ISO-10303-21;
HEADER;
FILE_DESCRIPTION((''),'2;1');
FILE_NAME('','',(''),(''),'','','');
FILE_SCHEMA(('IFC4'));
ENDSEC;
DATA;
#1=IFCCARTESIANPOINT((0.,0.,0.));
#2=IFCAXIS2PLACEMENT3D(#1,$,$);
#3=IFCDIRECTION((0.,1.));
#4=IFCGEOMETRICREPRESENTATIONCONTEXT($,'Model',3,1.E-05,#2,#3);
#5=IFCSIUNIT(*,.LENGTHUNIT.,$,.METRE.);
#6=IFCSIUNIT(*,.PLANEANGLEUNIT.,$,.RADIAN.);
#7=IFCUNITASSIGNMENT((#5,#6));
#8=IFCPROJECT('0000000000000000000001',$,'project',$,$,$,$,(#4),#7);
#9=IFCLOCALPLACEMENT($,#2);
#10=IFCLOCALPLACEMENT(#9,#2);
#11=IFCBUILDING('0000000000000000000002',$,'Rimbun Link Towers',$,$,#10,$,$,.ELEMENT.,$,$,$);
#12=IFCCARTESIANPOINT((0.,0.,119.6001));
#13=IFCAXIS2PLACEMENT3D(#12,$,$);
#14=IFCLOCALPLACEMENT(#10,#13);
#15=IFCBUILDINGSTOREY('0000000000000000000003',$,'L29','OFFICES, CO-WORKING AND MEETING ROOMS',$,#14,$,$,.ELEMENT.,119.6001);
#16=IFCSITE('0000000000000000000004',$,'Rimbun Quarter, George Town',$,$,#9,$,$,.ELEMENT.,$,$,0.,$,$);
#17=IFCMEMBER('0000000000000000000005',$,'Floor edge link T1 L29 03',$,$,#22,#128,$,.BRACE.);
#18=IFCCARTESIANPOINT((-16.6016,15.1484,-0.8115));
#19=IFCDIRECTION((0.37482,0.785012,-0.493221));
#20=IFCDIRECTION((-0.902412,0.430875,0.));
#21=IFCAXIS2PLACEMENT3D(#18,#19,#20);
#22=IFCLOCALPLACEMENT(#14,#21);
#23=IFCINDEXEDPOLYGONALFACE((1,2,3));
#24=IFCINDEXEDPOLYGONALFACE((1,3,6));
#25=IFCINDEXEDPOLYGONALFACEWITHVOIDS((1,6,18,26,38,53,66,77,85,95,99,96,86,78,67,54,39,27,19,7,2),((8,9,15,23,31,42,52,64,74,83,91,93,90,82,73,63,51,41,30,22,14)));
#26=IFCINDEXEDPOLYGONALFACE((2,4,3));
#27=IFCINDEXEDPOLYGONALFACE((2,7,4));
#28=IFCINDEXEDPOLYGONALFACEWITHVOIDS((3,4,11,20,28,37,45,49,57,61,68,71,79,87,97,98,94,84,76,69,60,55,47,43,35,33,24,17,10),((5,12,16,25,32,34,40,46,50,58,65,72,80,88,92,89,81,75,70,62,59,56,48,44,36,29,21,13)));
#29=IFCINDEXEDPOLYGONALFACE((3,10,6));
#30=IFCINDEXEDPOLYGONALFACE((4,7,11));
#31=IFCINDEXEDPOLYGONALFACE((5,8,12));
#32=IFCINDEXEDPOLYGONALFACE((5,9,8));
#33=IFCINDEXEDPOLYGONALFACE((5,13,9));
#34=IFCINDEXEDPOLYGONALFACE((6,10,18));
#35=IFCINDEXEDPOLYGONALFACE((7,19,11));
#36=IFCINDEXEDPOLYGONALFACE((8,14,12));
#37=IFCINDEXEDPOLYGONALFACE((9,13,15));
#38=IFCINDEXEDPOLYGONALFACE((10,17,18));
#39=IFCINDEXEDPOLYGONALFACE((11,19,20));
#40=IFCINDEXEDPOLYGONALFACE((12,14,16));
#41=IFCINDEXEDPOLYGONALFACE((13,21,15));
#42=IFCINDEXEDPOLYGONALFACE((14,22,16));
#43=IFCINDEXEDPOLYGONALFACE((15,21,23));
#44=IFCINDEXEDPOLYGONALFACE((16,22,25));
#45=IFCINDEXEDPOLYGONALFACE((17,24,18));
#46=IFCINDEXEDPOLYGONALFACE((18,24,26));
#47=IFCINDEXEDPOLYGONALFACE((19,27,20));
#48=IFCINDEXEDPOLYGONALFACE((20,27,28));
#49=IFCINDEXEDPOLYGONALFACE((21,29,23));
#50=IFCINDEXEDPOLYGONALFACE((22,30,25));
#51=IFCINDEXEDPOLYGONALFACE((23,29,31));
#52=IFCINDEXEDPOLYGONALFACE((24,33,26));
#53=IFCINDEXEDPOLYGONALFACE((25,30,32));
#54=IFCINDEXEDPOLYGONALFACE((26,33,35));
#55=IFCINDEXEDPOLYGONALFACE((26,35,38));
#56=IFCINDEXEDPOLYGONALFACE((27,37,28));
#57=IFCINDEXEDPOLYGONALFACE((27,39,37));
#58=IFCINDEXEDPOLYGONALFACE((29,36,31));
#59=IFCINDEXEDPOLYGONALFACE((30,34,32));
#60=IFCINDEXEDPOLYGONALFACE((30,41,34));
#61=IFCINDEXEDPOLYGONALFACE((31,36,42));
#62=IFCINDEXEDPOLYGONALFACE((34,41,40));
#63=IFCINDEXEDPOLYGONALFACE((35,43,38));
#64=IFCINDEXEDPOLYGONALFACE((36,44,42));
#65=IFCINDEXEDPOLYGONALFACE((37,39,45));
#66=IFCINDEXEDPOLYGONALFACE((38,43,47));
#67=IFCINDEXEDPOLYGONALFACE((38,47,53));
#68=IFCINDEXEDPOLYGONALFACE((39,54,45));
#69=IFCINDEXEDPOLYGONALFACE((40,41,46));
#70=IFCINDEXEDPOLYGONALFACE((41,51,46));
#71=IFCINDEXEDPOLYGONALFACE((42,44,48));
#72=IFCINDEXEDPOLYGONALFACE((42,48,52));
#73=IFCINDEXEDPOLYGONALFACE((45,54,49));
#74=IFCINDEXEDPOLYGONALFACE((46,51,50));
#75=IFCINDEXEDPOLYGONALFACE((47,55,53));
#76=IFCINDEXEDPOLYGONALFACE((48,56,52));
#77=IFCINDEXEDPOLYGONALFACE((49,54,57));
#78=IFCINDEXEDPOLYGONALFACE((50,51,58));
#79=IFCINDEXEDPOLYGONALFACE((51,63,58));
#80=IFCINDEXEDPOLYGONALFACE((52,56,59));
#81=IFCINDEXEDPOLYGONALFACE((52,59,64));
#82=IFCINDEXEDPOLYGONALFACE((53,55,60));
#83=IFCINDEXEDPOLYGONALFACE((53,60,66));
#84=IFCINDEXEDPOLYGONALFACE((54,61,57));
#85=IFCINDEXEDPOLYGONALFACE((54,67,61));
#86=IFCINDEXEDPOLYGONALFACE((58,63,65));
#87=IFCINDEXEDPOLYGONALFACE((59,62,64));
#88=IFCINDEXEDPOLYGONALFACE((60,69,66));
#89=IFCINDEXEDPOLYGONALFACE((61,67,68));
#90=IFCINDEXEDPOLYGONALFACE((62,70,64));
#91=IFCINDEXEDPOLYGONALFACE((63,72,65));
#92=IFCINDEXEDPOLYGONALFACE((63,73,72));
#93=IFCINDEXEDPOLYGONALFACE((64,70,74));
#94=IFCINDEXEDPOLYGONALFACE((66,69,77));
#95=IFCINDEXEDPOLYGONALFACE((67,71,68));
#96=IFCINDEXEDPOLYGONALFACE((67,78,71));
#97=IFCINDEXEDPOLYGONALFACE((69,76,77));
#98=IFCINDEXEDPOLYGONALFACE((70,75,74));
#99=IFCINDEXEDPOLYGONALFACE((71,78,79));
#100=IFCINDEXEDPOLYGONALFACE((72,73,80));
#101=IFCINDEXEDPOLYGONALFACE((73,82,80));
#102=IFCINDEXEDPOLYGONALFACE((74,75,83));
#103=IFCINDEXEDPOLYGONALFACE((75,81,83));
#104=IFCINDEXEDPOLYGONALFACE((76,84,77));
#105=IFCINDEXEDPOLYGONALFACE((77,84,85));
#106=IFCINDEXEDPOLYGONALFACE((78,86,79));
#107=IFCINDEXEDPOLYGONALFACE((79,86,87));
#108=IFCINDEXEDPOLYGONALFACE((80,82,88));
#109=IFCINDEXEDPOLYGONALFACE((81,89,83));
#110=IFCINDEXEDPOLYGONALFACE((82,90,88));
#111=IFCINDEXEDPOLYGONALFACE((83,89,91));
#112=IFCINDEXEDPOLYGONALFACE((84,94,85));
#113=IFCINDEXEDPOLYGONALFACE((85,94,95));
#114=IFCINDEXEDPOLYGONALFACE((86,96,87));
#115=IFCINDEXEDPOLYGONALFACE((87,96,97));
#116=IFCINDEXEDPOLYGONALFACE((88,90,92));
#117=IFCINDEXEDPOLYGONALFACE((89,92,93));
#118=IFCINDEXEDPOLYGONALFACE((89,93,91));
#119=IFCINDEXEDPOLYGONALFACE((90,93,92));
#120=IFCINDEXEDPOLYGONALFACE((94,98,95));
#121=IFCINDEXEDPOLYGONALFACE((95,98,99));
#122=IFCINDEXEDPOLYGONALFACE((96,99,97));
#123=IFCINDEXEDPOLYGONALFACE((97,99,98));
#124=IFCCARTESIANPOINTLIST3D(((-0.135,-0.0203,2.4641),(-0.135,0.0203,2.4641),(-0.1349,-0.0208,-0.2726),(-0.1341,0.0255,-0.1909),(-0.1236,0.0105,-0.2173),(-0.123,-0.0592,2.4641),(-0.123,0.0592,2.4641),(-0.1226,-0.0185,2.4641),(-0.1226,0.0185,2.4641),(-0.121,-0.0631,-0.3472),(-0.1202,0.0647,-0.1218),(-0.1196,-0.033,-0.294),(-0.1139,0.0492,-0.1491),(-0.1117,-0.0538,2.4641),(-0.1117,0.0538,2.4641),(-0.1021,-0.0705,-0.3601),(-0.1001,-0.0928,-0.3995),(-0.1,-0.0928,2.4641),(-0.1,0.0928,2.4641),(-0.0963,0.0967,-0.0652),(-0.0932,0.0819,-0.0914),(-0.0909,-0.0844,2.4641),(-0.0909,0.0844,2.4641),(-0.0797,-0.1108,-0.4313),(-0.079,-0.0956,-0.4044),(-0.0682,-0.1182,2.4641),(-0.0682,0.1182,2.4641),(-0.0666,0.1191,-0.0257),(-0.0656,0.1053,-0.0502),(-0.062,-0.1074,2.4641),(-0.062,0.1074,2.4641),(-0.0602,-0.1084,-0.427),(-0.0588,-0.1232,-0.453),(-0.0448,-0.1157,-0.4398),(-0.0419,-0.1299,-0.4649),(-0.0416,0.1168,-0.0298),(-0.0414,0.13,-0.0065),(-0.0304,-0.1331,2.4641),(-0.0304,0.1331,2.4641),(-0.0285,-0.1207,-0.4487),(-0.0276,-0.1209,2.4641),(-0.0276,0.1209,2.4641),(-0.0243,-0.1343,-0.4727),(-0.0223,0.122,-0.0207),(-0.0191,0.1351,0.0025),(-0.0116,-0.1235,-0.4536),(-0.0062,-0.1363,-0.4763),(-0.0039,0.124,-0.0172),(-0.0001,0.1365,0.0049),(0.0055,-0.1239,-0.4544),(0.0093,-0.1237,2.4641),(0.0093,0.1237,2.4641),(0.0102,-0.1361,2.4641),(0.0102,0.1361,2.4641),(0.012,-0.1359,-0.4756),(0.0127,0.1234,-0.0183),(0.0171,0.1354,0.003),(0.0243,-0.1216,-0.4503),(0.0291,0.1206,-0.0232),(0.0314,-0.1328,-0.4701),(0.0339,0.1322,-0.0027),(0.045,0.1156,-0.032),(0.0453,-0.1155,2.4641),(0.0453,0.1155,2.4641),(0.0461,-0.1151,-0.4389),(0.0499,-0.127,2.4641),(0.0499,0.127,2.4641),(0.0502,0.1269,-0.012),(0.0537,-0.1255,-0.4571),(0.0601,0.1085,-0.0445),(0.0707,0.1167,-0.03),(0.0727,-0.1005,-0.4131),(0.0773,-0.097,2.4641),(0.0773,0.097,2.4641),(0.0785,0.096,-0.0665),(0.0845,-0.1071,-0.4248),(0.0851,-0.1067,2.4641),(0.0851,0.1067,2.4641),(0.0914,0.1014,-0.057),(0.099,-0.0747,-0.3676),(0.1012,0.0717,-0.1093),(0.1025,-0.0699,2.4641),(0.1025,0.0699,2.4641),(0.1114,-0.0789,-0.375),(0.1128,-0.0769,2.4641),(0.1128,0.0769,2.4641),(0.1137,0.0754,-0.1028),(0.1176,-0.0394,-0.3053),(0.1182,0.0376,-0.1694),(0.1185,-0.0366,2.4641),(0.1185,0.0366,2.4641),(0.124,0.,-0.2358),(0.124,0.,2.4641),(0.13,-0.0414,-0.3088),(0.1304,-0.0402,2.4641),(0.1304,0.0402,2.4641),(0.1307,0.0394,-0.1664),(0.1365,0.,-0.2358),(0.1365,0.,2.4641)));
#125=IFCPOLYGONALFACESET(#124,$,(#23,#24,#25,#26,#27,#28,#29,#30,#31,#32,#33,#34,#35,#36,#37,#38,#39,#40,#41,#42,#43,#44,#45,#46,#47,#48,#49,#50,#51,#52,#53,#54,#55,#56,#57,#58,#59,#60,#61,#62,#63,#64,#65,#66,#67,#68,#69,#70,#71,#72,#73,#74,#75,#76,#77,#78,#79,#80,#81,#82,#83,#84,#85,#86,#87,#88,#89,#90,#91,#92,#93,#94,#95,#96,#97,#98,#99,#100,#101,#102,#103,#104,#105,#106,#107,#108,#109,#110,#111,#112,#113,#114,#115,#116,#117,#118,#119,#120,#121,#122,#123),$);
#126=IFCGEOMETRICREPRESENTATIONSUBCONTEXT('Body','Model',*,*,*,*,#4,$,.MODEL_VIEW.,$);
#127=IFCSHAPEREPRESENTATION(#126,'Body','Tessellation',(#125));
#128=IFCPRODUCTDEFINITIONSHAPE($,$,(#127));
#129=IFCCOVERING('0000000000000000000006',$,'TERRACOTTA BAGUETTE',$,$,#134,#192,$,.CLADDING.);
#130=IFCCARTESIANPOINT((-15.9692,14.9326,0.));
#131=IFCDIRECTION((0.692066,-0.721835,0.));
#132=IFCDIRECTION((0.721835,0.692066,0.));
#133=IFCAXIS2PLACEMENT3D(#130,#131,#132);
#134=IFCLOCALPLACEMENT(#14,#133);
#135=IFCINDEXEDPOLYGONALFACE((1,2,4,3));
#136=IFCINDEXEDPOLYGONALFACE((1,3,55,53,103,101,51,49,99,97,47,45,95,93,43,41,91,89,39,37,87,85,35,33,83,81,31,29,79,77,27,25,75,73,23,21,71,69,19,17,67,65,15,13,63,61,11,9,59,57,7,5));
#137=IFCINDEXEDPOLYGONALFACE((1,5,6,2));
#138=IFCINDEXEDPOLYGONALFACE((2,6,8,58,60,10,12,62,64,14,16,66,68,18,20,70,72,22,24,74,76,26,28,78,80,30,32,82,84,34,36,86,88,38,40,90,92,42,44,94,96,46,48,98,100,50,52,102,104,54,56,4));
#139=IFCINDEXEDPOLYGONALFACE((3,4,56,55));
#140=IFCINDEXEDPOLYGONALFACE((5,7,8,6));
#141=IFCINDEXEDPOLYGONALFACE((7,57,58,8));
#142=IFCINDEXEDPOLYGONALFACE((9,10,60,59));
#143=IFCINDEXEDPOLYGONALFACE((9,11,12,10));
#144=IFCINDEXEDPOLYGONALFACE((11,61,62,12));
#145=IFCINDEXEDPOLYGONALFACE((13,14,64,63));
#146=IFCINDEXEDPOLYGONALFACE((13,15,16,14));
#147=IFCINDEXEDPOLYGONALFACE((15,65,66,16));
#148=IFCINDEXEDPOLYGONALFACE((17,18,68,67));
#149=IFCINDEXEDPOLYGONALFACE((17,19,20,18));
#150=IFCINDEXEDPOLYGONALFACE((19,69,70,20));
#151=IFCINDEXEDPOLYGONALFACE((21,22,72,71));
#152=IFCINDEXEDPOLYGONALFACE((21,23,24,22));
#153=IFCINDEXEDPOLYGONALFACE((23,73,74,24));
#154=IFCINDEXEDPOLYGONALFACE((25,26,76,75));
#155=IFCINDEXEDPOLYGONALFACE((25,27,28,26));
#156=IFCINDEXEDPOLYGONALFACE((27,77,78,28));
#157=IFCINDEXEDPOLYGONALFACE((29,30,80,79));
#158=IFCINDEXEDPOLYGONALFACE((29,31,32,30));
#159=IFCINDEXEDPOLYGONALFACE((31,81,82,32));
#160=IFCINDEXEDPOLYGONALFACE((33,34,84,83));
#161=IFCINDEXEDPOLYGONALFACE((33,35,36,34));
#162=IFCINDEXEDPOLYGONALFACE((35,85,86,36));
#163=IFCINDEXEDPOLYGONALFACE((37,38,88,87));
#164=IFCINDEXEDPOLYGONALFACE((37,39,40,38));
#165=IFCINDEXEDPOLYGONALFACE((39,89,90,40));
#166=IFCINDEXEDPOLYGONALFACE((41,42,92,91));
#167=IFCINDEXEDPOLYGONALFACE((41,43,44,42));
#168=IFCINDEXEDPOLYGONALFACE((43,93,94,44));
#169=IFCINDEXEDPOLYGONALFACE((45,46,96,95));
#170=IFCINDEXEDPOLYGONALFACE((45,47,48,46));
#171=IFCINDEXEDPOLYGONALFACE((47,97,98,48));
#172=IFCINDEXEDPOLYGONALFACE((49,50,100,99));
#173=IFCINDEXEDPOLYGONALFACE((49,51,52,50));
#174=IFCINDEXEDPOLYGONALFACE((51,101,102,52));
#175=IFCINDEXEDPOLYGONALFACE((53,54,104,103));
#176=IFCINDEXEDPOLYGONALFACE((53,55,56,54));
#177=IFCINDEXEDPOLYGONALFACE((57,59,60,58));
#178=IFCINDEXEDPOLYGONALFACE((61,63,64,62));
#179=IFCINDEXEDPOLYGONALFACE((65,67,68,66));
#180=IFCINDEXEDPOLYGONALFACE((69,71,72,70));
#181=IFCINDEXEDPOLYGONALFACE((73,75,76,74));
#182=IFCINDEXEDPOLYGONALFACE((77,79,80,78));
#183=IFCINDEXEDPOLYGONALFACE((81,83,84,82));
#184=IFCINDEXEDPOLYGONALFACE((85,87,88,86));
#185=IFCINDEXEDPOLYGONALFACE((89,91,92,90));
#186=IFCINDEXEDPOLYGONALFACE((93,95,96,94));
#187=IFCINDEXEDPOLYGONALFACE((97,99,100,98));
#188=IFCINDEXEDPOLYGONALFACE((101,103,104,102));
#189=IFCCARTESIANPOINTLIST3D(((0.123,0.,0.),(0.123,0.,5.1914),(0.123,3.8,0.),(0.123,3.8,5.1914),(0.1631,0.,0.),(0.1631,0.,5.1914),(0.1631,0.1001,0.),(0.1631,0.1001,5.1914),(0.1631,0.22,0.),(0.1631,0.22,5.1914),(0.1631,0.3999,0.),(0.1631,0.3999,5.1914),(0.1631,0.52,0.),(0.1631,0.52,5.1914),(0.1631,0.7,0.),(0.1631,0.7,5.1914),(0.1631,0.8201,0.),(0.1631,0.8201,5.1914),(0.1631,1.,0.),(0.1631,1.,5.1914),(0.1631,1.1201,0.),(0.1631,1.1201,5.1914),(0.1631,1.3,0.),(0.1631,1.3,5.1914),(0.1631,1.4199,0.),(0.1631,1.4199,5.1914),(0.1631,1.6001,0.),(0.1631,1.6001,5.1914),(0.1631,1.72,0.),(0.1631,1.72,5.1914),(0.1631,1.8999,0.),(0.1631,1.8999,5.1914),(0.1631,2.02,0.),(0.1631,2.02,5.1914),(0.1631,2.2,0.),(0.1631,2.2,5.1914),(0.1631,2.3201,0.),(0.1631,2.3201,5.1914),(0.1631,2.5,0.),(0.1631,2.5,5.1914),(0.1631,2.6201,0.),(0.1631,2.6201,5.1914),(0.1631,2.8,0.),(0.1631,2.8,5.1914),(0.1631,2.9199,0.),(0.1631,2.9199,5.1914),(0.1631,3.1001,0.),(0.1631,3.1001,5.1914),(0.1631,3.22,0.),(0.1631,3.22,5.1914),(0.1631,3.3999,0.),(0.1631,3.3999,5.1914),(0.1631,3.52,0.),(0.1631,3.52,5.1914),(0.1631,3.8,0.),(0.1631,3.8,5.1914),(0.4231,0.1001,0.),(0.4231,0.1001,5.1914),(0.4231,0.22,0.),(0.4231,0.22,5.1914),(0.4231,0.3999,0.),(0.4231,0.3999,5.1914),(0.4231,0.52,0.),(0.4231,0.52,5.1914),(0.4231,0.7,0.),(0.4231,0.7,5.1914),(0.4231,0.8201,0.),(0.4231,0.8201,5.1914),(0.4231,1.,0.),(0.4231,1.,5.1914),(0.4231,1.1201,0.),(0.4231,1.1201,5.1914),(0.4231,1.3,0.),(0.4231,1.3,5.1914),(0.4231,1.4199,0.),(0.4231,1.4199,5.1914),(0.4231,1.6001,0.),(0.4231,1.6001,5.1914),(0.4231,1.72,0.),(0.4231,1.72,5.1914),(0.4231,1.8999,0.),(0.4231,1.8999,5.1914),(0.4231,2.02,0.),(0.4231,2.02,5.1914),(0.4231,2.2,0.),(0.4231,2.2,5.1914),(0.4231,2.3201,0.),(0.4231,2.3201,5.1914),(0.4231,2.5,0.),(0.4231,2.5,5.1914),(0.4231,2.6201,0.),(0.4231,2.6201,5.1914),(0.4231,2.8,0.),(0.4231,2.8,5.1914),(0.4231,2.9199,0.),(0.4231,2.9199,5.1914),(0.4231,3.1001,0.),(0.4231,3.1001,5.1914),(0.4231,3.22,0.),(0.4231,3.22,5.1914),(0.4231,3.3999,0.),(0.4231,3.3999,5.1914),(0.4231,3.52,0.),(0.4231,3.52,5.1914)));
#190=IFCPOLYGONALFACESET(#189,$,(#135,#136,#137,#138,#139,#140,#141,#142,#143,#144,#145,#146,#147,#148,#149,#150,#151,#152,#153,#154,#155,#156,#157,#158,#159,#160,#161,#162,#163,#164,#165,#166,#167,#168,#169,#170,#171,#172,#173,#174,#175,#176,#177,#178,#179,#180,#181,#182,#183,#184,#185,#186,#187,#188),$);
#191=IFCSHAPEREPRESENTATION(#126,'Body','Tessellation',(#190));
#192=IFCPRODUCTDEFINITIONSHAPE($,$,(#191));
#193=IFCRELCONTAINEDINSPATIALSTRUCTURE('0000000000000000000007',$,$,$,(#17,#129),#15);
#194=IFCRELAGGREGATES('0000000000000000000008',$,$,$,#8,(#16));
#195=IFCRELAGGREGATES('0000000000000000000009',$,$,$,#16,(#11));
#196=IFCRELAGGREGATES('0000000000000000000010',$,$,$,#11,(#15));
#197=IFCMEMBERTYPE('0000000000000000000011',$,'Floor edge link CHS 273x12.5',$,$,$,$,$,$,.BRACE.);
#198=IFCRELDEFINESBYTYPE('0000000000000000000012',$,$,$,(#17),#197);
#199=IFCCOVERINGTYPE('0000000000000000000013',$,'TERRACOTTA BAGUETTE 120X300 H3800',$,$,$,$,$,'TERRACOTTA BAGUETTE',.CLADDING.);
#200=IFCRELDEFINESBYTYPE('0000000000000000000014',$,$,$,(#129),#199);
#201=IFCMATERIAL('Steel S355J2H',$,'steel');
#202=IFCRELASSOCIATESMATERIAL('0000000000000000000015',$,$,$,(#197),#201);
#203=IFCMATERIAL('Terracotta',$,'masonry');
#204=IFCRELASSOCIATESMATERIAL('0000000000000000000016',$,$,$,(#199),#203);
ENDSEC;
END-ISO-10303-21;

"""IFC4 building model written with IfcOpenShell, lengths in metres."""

from ifc_helpers import new_model, si_unit, direction, frame, origin, origin_2d, place, context, subcontext, project, spatial, polyline, hollow_circle, outline, extrude, clip, halfspace, material, material_profile, profile_set, type_object, element, save


model = new_model("IFC4")

# Units and contexts
model_context = context("Model", 3, precision=1e-05, world=origin(), true_north=direction((0.0, 1.0)))
body_context = subcontext(model_context, "Body", "Model", "MODEL_VIEW")
ifc_project = project(units=[si_unit("LENGTHUNIT", "METRE"), si_unit("PLANEANGLEUNIT", "RADIAN")], contexts=[model_context])

# Site, building, storey
site_placement = place(None, origin())
site = spatial("IfcSite", under=ifc_project, at=site_placement, Name="Rimbun Quarter, George Town", CompositionType="ELEMENT", RefElevation=0.0)
building_placement = place(site_placement, origin())
building = spatial("IfcBuilding", under=site, at=building_placement, Name="Rimbun Link Towers", CompositionType="ELEMENT")
storey_placement = place(building_placement, frame((0.0, 0.0, 119.6001)))
storey = spatial("IfcBuildingStorey", under=building, at=storey_placement, Name="L29", Description="OFFICES, CO-WORKING AND MEETING ROOMS", CompositionType="ELEMENT", Elevation=119.6001)

# Member
ifc_material_1 = material(Name="Steel S355J2H", Category="steel")
ifc_material_profile_1 = material_profile(ifc_material_1, hollow_circle(Radius=0.1365, WallThickness=0.0125, at=origin_2d()), Name="CHS 273x12.5")
ifc_profile_set_1 = profile_set([ifc_material_profile_1], Name="Steel S355J2H")
member_type_1 = type_object("IfcMemberType", Name="Floor edge link CHS 273x12.5", PredefinedType="BRACE", material=ifc_profile_set_1)
member_1_placement = place(storey_placement, frame((-16.6016, 15.1484, -0.8115), z_axis=(0.37482, 0.785012, -0.493221), x_axis=(-0.902412, 0.430875, 0.0)))
element("IfcMember", 1, at=member_1_placement, inside=storey, type_object=member_type_1, Name="Floor edge link T1 L29 03", PredefinedType="BRACE", context=body_context, shape_type="Clipping", body=[
    clip(extrude(hollow_circle(Radius=0.1365, WallThickness=0.0125, at=origin_2d()), frame((0.0, 0.0, -0.5017)), (0.0, 0.0, 1.0), 2.9658), halfspace(frame((0.0, 0.0, -0.2358), z_axis=(0.0, 0.869904, -0.493221)), False)),
])

# Covering
ifc_material_2 = material(Name="Terracotta", Category="masonry")
ifc_material_profile_2 = material_profile(ifc_material_2, outline(polyline([(0.123, 0.0), (0.1631, 0.0), (0.1631, 0.1001), (0.4231, 0.1001), (0.4231, 0.22), (0.1631, 0.22), (0.1631, 0.3999), (0.4231, 0.3999), (0.4231, 0.52), (0.1631, 0.52), (0.1631, 0.7), (0.4231, 0.7), (0.4231, 0.8201), (0.1631, 0.8201), (0.1631, 1.0), (0.4231, 1.0), (0.4231, 1.1201), (0.1631, 1.1201), (0.1631, 1.3), (0.4231, 1.3), (0.4231, 1.4199), (0.1631, 1.4199), (0.1631, 1.6001), (0.4231, 1.6001), (0.4231, 1.72), (0.1631, 1.72), (0.1631, 1.8999), (0.4231, 1.8999), (0.4231, 2.02), (0.1631, 2.02), (0.1631, 2.2), (0.4231, 2.2), (0.4231, 2.3201), (0.1631, 2.3201), (0.1631, 2.5), (0.4231, 2.5), (0.4231, 2.6201), (0.1631, 2.6201), (0.1631, 2.8), (0.4231, 2.8), (0.4231, 2.9199), (0.1631, 2.9199), (0.1631, 3.1001), (0.4231, 3.1001), (0.4231, 3.22), (0.1631, 3.22), (0.1631, 3.3999), (0.4231, 3.3999), (0.4231, 3.52), (0.1631, 3.52), (0.1631, 3.8), (0.123, 3.8), (0.123, 0.0)])), Name="BAGUETTE 120X300")
ifc_profile_set_2 = profile_set([ifc_material_profile_2], Name="Terracotta")
covering_type = type_object("IfcCoveringType", Name="TERRACOTTA BAGUETTE 120X300 H3800", ElementType="TERRACOTTA BAGUETTE", PredefinedType="CLADDING", material=ifc_profile_set_2)
covering_1_placement = place(storey_placement, frame((-15.9692, 14.9326, 0.0), z_axis=(0.692066, -0.721835, 0.0), x_axis=(0.721835, 0.692066, 0.0)))
element("IfcCovering", 2, at=covering_1_placement, inside=storey, type_object=covering_type, Name="TERRACOTTA BAGUETTE", PredefinedType="CLADDING", context=body_context, shape_type="SweptSolid", body=[
    extrude(outline(polyline([(0.123, 0.0), (0.1631, 0.0), (0.1631, 0.1001), (0.4231, 0.1001), (0.4231, 0.22), (0.1631, 0.22), (0.1631, 0.3999), (0.4231, 0.3999), (0.4231, 0.52), (0.1631, 0.52), (0.1631, 0.7), (0.4231, 0.7), (0.4231, 0.8201), (0.1631, 0.8201), (0.1631, 1.0), (0.4231, 1.0), (0.4231, 1.1201), (0.1631, 1.1201), (0.1631, 1.3), (0.4231, 1.3), (0.4231, 1.4199), (0.1631, 1.4199), (0.1631, 1.6001), (0.4231, 1.6001), (0.4231, 1.72), (0.1631, 1.72), (0.1631, 1.8999), (0.4231, 1.8999), (0.4231, 2.02), (0.1631, 2.02), (0.1631, 2.2), (0.4231, 2.2), (0.4231, 2.3201), (0.1631, 2.3201), (0.1631, 2.5), (0.4231, 2.5), (0.4231, 2.6201), (0.1631, 2.6201), (0.1631, 2.8), (0.4231, 2.8), (0.4231, 2.9199), (0.1631, 2.9199), (0.1631, 3.1001), (0.4231, 3.1001), (0.4231, 3.22), (0.1631, 3.22), (0.1631, 3.3999), (0.4231, 3.3999), (0.4231, 3.52), (0.1631, 3.52), (0.1631, 3.8), (0.123, 3.8), (0.123, 0.0)])), origin(), (0.0, 0.0, 1.0), 5.1914),
])

save(model, "model.ifc")
